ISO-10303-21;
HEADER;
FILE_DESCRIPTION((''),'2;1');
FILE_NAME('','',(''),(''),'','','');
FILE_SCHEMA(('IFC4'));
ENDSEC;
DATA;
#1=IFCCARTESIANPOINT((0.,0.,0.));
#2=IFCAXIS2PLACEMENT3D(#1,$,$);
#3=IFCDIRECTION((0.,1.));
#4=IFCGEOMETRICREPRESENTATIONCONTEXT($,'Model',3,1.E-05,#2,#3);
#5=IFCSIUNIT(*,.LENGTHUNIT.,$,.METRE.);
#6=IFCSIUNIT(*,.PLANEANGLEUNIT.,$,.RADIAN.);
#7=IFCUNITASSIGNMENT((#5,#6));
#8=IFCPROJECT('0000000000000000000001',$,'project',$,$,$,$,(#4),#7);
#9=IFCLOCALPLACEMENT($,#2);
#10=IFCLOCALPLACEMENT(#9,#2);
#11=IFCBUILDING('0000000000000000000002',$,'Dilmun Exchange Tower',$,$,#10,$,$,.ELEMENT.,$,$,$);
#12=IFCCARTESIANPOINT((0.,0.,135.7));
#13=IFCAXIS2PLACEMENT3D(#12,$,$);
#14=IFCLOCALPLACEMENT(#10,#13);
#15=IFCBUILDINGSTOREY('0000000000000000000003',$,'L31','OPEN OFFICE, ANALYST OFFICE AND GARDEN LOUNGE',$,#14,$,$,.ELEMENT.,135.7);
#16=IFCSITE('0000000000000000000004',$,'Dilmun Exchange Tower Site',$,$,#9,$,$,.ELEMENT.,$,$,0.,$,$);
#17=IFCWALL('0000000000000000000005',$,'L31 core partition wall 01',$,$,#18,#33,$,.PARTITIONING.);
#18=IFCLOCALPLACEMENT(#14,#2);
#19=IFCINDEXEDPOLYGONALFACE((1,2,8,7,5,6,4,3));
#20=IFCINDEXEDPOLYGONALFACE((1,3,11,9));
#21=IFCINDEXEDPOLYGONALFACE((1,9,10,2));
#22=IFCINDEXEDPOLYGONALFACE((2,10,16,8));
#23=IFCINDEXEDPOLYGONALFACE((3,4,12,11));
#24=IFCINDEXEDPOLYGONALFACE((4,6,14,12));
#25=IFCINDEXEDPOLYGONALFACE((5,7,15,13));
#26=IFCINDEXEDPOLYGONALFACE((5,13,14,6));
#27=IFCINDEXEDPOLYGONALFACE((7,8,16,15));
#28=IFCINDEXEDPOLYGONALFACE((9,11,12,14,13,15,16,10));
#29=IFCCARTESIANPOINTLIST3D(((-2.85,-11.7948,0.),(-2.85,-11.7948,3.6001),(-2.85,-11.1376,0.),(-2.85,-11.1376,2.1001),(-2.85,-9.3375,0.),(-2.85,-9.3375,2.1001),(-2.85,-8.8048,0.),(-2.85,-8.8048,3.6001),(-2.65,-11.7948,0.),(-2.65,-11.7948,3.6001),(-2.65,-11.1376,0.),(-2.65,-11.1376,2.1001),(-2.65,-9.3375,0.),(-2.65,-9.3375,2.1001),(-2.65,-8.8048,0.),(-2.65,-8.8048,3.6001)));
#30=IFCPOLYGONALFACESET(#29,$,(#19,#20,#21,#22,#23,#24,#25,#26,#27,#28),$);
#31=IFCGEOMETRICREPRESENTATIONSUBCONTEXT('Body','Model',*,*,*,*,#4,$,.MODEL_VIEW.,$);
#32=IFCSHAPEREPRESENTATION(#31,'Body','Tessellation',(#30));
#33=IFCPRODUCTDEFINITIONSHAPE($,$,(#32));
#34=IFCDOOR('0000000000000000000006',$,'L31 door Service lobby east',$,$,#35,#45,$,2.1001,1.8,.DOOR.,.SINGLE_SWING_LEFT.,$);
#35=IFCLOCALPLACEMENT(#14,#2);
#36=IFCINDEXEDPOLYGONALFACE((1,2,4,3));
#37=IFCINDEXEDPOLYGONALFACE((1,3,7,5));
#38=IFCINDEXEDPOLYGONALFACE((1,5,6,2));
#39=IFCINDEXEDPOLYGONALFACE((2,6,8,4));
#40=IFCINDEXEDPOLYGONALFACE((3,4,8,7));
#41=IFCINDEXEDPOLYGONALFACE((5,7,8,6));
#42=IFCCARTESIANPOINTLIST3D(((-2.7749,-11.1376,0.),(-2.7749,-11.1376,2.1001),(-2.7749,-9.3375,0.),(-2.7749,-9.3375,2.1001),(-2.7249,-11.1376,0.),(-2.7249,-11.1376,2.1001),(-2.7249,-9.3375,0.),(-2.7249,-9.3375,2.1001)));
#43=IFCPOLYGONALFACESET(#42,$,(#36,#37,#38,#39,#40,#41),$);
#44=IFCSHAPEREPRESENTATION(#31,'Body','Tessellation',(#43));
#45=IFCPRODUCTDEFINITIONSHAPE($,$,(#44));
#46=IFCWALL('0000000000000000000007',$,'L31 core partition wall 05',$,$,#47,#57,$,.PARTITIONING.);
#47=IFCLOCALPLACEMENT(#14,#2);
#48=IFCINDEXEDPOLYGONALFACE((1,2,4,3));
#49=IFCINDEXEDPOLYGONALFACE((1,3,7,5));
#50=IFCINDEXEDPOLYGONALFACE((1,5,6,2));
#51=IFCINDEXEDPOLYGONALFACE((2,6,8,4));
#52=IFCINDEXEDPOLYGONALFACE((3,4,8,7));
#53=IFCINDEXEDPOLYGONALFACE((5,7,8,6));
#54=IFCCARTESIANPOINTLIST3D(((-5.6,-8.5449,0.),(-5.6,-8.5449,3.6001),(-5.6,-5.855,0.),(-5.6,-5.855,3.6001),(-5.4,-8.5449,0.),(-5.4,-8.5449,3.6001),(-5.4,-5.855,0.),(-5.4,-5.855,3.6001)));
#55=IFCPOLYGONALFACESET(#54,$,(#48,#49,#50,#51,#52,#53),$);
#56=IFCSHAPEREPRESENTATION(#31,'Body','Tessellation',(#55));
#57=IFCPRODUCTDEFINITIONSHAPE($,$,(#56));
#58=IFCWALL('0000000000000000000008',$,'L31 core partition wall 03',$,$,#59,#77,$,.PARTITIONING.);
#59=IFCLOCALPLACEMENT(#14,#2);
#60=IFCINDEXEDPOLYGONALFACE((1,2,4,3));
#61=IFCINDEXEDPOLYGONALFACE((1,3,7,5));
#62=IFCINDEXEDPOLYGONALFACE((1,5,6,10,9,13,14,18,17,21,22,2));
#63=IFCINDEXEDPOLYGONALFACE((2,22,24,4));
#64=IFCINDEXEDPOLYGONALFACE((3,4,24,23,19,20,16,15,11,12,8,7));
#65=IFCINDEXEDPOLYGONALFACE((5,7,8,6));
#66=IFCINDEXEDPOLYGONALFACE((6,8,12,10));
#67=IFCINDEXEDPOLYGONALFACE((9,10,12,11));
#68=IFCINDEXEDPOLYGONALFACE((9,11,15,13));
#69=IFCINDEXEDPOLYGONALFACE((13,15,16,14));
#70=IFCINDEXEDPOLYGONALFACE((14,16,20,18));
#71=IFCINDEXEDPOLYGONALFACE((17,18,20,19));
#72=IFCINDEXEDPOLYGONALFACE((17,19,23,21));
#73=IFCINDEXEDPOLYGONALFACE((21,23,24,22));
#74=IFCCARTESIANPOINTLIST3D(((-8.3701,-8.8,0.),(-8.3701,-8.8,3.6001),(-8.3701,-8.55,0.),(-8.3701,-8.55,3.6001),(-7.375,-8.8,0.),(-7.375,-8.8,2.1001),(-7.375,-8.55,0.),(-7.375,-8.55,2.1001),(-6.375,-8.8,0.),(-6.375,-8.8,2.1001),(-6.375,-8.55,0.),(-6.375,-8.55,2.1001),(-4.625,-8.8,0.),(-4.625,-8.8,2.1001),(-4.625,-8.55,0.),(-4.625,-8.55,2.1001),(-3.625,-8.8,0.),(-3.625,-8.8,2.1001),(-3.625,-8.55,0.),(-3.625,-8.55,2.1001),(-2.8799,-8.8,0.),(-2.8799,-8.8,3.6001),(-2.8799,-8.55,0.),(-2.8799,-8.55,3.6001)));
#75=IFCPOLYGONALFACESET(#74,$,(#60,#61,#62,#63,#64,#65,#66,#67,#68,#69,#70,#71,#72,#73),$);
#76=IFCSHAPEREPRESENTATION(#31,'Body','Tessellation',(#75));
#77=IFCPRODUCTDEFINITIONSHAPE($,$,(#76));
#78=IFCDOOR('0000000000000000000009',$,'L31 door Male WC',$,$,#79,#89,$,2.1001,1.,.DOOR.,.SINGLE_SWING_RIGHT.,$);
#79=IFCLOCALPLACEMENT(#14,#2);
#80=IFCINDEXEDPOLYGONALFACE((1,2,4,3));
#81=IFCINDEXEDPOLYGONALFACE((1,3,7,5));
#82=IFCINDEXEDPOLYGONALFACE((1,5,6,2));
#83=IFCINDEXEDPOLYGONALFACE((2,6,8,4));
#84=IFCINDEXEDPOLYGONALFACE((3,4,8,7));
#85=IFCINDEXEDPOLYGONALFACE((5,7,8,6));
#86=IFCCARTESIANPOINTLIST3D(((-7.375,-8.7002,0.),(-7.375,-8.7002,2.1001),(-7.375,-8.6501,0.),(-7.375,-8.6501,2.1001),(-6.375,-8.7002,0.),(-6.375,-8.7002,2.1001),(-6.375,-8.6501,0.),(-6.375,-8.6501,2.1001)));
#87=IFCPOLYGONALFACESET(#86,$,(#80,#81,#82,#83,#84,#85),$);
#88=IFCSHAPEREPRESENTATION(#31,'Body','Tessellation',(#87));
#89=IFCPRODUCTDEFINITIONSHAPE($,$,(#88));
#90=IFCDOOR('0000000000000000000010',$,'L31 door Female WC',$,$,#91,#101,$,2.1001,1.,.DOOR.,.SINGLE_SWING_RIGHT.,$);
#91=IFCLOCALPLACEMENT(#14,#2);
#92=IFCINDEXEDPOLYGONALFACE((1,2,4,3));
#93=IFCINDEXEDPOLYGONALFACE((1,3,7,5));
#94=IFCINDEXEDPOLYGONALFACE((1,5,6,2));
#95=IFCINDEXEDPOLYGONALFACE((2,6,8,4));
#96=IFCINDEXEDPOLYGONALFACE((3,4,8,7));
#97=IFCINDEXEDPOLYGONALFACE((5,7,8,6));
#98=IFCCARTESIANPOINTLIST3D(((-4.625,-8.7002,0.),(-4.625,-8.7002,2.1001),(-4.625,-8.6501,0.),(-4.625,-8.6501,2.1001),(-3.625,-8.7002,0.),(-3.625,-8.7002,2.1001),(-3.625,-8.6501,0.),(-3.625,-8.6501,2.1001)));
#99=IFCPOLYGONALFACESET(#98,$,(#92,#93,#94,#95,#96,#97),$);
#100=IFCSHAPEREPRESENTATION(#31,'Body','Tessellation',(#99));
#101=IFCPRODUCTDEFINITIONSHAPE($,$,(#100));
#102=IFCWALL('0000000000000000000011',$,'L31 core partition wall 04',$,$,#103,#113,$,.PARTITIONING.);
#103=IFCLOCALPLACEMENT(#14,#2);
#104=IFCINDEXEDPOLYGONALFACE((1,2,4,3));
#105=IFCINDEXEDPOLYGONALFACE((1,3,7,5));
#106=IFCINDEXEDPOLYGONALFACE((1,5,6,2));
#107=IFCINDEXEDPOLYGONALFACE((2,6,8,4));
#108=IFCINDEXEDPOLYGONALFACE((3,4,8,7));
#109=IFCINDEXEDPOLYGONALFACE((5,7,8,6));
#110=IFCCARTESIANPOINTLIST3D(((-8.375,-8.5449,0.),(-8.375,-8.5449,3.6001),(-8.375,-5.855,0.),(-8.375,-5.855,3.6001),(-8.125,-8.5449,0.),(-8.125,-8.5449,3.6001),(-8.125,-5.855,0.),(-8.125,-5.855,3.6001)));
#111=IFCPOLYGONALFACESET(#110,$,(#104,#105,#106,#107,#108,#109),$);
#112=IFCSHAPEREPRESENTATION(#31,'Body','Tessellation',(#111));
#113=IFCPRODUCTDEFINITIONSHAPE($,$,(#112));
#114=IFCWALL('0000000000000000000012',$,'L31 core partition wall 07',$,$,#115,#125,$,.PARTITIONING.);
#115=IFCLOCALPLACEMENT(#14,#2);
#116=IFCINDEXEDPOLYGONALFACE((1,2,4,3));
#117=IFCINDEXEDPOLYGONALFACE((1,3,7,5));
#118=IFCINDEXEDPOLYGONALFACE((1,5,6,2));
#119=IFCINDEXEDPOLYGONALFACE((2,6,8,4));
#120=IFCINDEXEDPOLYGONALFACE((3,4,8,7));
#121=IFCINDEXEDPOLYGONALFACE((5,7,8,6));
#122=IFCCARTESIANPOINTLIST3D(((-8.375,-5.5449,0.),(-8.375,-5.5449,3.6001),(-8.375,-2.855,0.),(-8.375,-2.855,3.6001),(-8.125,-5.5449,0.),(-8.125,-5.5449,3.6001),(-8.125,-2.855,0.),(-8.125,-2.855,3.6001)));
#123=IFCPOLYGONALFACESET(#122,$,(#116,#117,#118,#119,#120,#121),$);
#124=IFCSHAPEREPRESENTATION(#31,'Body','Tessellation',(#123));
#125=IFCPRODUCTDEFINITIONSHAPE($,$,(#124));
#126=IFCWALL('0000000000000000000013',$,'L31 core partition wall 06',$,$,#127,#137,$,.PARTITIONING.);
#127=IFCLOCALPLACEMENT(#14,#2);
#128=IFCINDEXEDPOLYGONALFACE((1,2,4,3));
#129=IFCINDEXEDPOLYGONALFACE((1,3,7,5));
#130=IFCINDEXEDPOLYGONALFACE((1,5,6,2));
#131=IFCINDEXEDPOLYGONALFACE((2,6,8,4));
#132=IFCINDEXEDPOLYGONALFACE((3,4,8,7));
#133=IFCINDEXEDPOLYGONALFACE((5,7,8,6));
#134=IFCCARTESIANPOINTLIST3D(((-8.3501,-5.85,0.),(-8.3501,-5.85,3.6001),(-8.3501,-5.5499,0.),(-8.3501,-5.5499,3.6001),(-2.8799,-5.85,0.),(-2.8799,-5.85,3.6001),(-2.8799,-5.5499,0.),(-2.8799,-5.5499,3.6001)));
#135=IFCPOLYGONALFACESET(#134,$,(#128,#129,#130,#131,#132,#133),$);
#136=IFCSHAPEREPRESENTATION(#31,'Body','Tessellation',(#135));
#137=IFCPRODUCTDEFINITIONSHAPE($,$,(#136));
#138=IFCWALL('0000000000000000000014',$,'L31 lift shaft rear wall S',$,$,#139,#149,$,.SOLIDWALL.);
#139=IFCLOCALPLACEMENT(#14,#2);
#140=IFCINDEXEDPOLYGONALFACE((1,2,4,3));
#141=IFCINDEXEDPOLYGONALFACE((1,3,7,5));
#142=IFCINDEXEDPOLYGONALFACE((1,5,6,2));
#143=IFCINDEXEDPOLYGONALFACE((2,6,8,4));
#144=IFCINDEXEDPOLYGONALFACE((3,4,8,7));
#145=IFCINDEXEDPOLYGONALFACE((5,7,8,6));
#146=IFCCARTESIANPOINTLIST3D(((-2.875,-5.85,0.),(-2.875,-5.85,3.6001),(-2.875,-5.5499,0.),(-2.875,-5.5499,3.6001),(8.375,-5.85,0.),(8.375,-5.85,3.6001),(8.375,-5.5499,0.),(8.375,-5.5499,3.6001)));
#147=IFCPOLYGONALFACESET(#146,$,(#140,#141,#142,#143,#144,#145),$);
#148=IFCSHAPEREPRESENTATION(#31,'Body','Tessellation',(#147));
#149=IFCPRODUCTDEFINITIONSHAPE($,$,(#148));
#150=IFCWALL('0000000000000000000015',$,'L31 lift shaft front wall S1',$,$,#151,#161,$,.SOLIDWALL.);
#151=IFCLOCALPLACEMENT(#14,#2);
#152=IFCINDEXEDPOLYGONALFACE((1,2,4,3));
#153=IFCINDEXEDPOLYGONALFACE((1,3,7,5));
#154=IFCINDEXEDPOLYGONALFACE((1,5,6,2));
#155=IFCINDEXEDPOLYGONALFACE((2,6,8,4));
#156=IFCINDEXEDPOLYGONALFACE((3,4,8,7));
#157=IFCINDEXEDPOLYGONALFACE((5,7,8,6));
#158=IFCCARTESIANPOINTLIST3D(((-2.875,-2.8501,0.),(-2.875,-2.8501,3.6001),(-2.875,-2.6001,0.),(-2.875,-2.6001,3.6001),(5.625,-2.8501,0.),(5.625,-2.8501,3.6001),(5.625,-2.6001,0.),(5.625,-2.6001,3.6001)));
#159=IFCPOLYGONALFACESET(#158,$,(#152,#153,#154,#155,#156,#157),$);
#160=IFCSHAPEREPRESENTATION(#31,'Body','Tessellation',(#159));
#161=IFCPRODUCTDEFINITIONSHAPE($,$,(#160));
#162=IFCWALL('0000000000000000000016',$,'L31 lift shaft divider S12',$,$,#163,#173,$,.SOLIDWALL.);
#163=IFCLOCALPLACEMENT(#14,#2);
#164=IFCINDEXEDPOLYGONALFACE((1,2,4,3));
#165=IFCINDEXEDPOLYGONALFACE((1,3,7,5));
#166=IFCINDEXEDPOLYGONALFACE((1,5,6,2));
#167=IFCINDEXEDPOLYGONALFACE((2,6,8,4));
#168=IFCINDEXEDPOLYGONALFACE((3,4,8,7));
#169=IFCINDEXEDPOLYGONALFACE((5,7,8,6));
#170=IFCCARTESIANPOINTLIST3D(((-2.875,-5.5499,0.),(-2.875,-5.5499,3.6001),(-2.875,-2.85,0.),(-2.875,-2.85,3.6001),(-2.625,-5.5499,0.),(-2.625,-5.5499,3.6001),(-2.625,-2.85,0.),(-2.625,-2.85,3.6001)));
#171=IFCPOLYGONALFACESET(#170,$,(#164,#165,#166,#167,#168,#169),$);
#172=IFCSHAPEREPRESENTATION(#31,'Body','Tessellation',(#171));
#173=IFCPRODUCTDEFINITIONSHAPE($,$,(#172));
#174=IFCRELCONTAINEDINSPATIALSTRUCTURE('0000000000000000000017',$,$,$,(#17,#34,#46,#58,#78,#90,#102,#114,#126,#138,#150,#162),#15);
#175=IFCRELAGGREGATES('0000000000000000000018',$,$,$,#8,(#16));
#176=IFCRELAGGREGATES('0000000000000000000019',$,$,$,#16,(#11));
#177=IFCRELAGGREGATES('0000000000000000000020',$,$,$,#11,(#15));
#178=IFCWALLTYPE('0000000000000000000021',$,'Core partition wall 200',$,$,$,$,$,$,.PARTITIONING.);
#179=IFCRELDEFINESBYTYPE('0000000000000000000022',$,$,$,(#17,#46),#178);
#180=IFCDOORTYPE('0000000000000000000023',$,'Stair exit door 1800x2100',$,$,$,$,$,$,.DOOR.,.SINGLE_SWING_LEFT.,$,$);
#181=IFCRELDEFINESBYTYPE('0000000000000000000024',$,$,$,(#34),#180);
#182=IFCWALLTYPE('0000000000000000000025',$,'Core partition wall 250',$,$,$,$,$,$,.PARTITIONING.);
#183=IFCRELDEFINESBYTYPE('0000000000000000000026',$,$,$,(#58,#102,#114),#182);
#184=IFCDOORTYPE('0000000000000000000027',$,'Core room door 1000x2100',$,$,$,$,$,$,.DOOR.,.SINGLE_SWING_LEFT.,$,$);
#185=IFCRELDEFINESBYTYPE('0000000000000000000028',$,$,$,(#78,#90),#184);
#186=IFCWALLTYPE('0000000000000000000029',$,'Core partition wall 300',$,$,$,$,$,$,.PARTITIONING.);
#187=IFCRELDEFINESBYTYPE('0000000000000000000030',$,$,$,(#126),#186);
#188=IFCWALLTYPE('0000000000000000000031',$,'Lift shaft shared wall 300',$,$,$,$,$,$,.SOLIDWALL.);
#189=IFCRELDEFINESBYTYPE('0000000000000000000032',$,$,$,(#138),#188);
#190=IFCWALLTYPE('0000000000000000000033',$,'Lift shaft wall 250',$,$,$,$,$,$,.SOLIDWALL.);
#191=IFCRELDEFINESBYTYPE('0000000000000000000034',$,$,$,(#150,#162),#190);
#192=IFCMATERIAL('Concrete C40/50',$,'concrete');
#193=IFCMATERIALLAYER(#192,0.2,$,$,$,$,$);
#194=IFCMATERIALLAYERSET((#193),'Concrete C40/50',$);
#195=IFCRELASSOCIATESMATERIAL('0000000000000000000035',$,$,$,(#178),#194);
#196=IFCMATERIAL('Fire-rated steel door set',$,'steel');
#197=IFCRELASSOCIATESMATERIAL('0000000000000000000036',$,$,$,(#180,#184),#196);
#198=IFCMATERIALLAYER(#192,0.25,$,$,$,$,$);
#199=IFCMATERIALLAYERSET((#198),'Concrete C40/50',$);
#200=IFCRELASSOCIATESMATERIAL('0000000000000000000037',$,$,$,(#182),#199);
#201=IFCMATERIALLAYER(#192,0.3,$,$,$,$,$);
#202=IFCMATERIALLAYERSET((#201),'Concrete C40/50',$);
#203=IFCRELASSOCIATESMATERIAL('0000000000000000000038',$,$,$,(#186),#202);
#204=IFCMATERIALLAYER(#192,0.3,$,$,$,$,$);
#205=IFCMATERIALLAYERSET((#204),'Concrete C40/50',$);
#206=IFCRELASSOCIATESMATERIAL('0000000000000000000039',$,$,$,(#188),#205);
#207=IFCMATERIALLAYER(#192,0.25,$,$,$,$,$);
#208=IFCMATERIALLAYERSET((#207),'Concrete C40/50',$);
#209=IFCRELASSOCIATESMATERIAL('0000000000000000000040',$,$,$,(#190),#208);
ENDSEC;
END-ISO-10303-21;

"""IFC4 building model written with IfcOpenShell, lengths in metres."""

from ifc_helpers import new_model, si_unit, direction, frame, frame_2d, origin, place, context, subcontext, project, spatial, rectangle, extrude, material, layer, layer_set, type_object, element, fill, save


model = new_model("IFC4")

# Units and contexts
model_context = context("Model", 3, precision=1e-05, world=origin(), true_north=direction((0.0, 1.0)))
body_context = subcontext(model_context, "Body", "Model", "MODEL_VIEW")
ifc_project = project(units=[si_unit("LENGTHUNIT", "METRE"), si_unit("PLANEANGLEUNIT", "RADIAN")], contexts=[model_context])

# Site, building, storey
site_placement = place(None, origin())
site = spatial("IfcSite", under=ifc_project, at=site_placement, Name="Dilmun Exchange Tower Site", CompositionType="ELEMENT", RefElevation=0.0)
building_placement = place(site_placement, origin())
building = spatial("IfcBuilding", under=site, at=building_placement, Name="Dilmun Exchange Tower", CompositionType="ELEMENT")
storey_placement = place(building_placement, frame((0.0, 0.0, 135.7)))
storey = spatial("IfcBuildingStorey", under=building, at=storey_placement, Name="L31", Description="OPEN OFFICE, ANALYST OFFICE AND GARDEN LOUNGE", CompositionType="ELEMENT", Elevation=135.7)

# Wall, opening, door
ifc_material_1 = material(Name="Concrete C40/50", Category="concrete")
ifc_layer_1 = layer(ifc_material_1, 0.2)
ifc_layer_set_1 = layer_set([ifc_layer_1], Name="Concrete C40/50")
wall_type_1 = type_object("IfcWallType", Name="Core partition wall 200", PredefinedType="PARTITIONING", material=ifc_layer_set_1)
wall_1_placement = place(storey_placement, frame((-2.75, -11.7949, 0.0), z_axis=(0.0, 0.0, 1.0), x_axis=(0.0, 1.0, 0.0)))
wall_1 = element("IfcWall", 1, at=wall_1_placement, inside=storey, type_object=wall_type_1, Name="L31 core partition wall 01", PredefinedType="PARTITIONING", context=body_context, shape_type="SweptSolid", body=[
    extrude(rectangle(XDim=2.99, YDim=0.2, at=frame_2d((1.4951, 0.0))), origin(), (0.0, 0.0, 1.0), 3.6001),
])
opening_1_placement = place(wall_1_placement, frame((0.6575, 0.0, 0.0)))
opening_1 = element("IfcOpeningElement", 2, at=opening_1_placement, cuts=wall_1, PredefinedType="OPENING", context=body_context, shape_type="SweptSolid", body=[
    extrude(rectangle(XDim=1.8, YDim=2.1001, at=frame_2d((0.8999, 1.05))), frame((0.0, 0.1099, 0.0), z_axis=(0.0, -1.0, 0.0), x_axis=(1.0, 0.0, 0.0)), (0.0, 0.0, 1.0), 0.22),
])
ifc_material_2 = material(Name="Fire-rated steel door set", Category="steel")
door_type_1 = type_object("IfcDoorType", Name="Stair exit door 1800x2100", OperationType="SINGLE_SWING_LEFT", PredefinedType="DOOR", material=ifc_material_2)
door_1_placement = place(opening_1_placement, origin())
door_1 = element("IfcDoor", 3, at=door_1_placement, inside=storey, type_object=door_type_1, Name="L31 door Service lobby east", OperationType="SINGLE_SWING_LEFT", OverallHeight=2.1001, OverallWidth=1.8, PredefinedType="DOOR", context=body_context, shape_type="SweptSolid", body=[
    extrude(rectangle(XDim=1.8, YDim=2.1001, at=frame_2d((0.8999, 1.05))), frame((0.0, 0.0249, 0.0), z_axis=(0.0, -1.0, 0.0), x_axis=(1.0, 0.0, 0.0)), (0.0, 0.0, 1.0), 0.05),
])
fill(opening_1, door_1)

# Wall
wall_2_placement = place(storey_placement, frame((-5.5, -8.5449, 0.0), z_axis=(0.0, 0.0, 1.0), x_axis=(0.0, 1.0, 0.0)))
element("IfcWall", 4, at=wall_2_placement, inside=storey, type_object=wall_type_1, Name="L31 core partition wall 05", PredefinedType="PARTITIONING", context=body_context, shape_type="SweptSolid", body=[
    extrude(rectangle(XDim=2.6899, YDim=0.2, at=frame_2d((1.345, 0.0))), origin(), (0.0, 0.0, 1.0), 3.6001),
])

# Wall, openings, doors
ifc_layer_2 = layer(ifc_material_1, 0.25)
ifc_layer_set_2 = layer_set([ifc_layer_2], Name="Concrete C40/50")
wall_type_2 = type_object("IfcWallType", Name="Core partition wall 250", PredefinedType="PARTITIONING", material=ifc_layer_set_2)
wall_3_placement = place(storey_placement, frame((-8.3701, -8.675, 0.0), z_axis=(0.0, 0.0, 1.0), x_axis=(1.0, 0.0, 0.0)))
wall_3 = element("IfcWall", 5, at=wall_3_placement, inside=storey, type_object=wall_type_2, Name="L31 core partition wall 03", PredefinedType="PARTITIONING", context=body_context, shape_type="SweptSolid", body=[
    extrude(rectangle(XDim=5.4902, YDim=0.25, at=frame_2d((2.7451, 0.0))), origin(), (0.0, 0.0, 1.0), 3.6001),
])
opening_2_placement = place(wall_3_placement, frame((0.9951, 0.0, 0.0)))
opening_2 = element("IfcOpeningElement", 6, at=opening_2_placement, cuts=wall_3, PredefinedType="OPENING", context=body_context, shape_type="SweptSolid", body=[
    extrude(rectangle(XDim=1.0, YDim=2.1001, at=frame_2d((0.5, 1.05))), frame((0.0, 0.135, 0.0), z_axis=(0.0, -1.0, 0.0), x_axis=(1.0, 0.0, 0.0)), (0.0, 0.0, 1.0), 0.27),
])
opening_3_placement = place(wall_3_placement, frame((3.7451, 0.0, 0.0)))
opening_3 = element("IfcOpeningElement", 7, at=opening_3_placement, cuts=wall_3, PredefinedType="OPENING", context=body_context, shape_type="SweptSolid", body=[
    extrude(rectangle(XDim=1.0, YDim=2.1001, at=frame_2d((0.5, 1.05))), frame((0.0, 0.135, 0.0), z_axis=(0.0, -1.0, 0.0), x_axis=(1.0, 0.0, 0.0)), (0.0, 0.0, 1.0), 0.27),
])
door_type_2 = type_object("IfcDoorType", Name="Core room door 1000x2100", OperationType="SINGLE_SWING_LEFT", PredefinedType="DOOR", material=ifc_material_2)
door_2_placement = place(opening_2_placement, origin())
door_2 = element("IfcDoor", 8, at=door_2_placement, inside=storey, type_object=door_type_2, Name="L31 door Male WC", OperationType="SINGLE_SWING_RIGHT", OverallHeight=2.1001, OverallWidth=1.0, PredefinedType="DOOR", context=body_context, shape_type="SweptSolid", body=[
    extrude(rectangle(XDim=1.0, YDim=2.1001, at=frame_2d((0.5, 1.05))), frame((0.0, 0.0249, 0.0), z_axis=(0.0, -1.0, 0.0), x_axis=(1.0, 0.0, 0.0)), (0.0, 0.0, 1.0), 0.05),
])
fill(opening_2, door_2)
door_3_placement = place(opening_3_placement, origin())
door_3 = element("IfcDoor", 9, at=door_3_placement, inside=storey, type_object=door_type_2, Name="L31 door Female WC", OperationType="SINGLE_SWING_RIGHT", OverallHeight=2.1001, OverallWidth=1.0, PredefinedType="DOOR", context=body_context, shape_type="SweptSolid", body=[
    extrude(rectangle(XDim=1.0, YDim=2.1001, at=frame_2d((0.5, 1.05))), frame((0.0, 0.0249, 0.0), z_axis=(0.0, -1.0, 0.0), x_axis=(1.0, 0.0, 0.0)), (0.0, 0.0, 1.0), 0.05),
])
fill(opening_3, door_3)

# Walls
for number, where, z_axis, x_axis, name in (
    (10, (-8.25, -8.5449, 0.0), (0.0, 0.0, 1.0), (0.0, 1.0, 0.0), "L31 core partition wall 04"),
    (11, (-8.25, -5.5449, 0.0), (0.0, 0.0, 1.0), (0.0, 1.0, 0.0), "L31 core partition wall 07"),
):
    element("IfcWall", number, at=place(storey_placement, frame(where, z_axis=z_axis, x_axis=x_axis)), inside=storey, type_object=wall_type_2, Name=name, PredefinedType="PARTITIONING", context=body_context, shape_type="SweptSolid", body=[
        extrude(rectangle(XDim=2.6899, YDim=0.25, at=frame_2d((1.345, 0.0))), origin(), (0.0, 0.0, 1.0), 3.6001),
    ])
ifc_layer_3 = layer(ifc_material_1, 0.3)
ifc_layer_set_3 = layer_set([ifc_layer_3], Name="Concrete C40/50")
wall_type_3 = type_object("IfcWallType", Name="Core partition wall 300", PredefinedType="PARTITIONING", material=ifc_layer_set_3)
wall_4_placement = place(storey_placement, frame((-8.3501, -5.7, 0.0), z_axis=(0.0, 0.0, 1.0), x_axis=(1.0, 0.0, 0.0)))
element("IfcWall", 12, at=wall_4_placement, inside=storey, type_object=wall_type_3, Name="L31 core partition wall 06", PredefinedType="PARTITIONING", context=body_context, shape_type="SweptSolid", body=[
    extrude(rectangle(XDim=5.4702, YDim=0.3, at=frame_2d((2.7351, 0.0))), origin(), (0.0, 0.0, 1.0), 3.6001),
])
ifc_layer_4 = layer(ifc_material_1, 0.3)
ifc_layer_set_4 = layer_set([ifc_layer_4], Name="Concrete C40/50")
wall_type_4 = type_object("IfcWallType", Name="Lift shaft shared wall 300", PredefinedType="SOLIDWALL", material=ifc_layer_set_4)
wall_5_placement = place(storey_placement, frame((-2.875, -5.7, 0.0), z_axis=(0.0, 0.0, 1.0), x_axis=(1.0, 0.0, 0.0)))
element("IfcWall", 13, at=wall_5_placement, inside=storey, type_object=wall_type_4, Name="L31 lift shaft rear wall S", PredefinedType="SOLIDWALL", context=body_context, shape_type="SweptSolid", body=[
    extrude(rectangle(XDim=11.25, YDim=0.3, at=frame_2d((5.625, 0.0))), origin(), (0.0, 0.0, 1.0), 3.6001),
])
ifc_layer_5 = layer(ifc_material_1, 0.25)
ifc_layer_set_5 = layer_set([ifc_layer_5], Name="Concrete C40/50")
wall_type_5 = type_object("IfcWallType", Name="Lift shaft wall 250", PredefinedType="SOLIDWALL", material=ifc_layer_set_5)
wall_6_placement = place(storey_placement, frame((-2.875, -2.7251, 0.0), z_axis=(0.0, 0.0, 1.0), x_axis=(1.0, 0.0, 0.0)))
element("IfcWall", 14, at=wall_6_placement, inside=storey, type_object=wall_type_5, Name="L31 lift shaft front wall S1", PredefinedType="SOLIDWALL", context=body_context, shape_type="SweptSolid", body=[
    extrude(rectangle(XDim=8.5, YDim=0.25, at=frame_2d((4.25, 0.0))), origin(), (0.0, 0.0, 1.0), 3.6001),
])
for number, where, z_axis, x_axis, name in (
    (15, (-2.75, -5.55, 0.0), (0.0, 0.0, 1.0), (0.0, 1.0, 0.0), "L31 lift shaft divider S12"),
):
    element("IfcWall", number, at=place(storey_placement, frame(where, z_axis=z_axis, x_axis=x_axis)), inside=storey, type_object=wall_type_5, Name=name, PredefinedType="SOLIDWALL", context=body_context, shape_type="SweptSolid", body=[
        extrude(rectangle(XDim=2.7, YDim=0.25, at=frame_2d((1.3501, 0.0))), origin(), (0.0, 0.0, 1.0), 3.6001),
    ])

save(model, "model.ifc")
